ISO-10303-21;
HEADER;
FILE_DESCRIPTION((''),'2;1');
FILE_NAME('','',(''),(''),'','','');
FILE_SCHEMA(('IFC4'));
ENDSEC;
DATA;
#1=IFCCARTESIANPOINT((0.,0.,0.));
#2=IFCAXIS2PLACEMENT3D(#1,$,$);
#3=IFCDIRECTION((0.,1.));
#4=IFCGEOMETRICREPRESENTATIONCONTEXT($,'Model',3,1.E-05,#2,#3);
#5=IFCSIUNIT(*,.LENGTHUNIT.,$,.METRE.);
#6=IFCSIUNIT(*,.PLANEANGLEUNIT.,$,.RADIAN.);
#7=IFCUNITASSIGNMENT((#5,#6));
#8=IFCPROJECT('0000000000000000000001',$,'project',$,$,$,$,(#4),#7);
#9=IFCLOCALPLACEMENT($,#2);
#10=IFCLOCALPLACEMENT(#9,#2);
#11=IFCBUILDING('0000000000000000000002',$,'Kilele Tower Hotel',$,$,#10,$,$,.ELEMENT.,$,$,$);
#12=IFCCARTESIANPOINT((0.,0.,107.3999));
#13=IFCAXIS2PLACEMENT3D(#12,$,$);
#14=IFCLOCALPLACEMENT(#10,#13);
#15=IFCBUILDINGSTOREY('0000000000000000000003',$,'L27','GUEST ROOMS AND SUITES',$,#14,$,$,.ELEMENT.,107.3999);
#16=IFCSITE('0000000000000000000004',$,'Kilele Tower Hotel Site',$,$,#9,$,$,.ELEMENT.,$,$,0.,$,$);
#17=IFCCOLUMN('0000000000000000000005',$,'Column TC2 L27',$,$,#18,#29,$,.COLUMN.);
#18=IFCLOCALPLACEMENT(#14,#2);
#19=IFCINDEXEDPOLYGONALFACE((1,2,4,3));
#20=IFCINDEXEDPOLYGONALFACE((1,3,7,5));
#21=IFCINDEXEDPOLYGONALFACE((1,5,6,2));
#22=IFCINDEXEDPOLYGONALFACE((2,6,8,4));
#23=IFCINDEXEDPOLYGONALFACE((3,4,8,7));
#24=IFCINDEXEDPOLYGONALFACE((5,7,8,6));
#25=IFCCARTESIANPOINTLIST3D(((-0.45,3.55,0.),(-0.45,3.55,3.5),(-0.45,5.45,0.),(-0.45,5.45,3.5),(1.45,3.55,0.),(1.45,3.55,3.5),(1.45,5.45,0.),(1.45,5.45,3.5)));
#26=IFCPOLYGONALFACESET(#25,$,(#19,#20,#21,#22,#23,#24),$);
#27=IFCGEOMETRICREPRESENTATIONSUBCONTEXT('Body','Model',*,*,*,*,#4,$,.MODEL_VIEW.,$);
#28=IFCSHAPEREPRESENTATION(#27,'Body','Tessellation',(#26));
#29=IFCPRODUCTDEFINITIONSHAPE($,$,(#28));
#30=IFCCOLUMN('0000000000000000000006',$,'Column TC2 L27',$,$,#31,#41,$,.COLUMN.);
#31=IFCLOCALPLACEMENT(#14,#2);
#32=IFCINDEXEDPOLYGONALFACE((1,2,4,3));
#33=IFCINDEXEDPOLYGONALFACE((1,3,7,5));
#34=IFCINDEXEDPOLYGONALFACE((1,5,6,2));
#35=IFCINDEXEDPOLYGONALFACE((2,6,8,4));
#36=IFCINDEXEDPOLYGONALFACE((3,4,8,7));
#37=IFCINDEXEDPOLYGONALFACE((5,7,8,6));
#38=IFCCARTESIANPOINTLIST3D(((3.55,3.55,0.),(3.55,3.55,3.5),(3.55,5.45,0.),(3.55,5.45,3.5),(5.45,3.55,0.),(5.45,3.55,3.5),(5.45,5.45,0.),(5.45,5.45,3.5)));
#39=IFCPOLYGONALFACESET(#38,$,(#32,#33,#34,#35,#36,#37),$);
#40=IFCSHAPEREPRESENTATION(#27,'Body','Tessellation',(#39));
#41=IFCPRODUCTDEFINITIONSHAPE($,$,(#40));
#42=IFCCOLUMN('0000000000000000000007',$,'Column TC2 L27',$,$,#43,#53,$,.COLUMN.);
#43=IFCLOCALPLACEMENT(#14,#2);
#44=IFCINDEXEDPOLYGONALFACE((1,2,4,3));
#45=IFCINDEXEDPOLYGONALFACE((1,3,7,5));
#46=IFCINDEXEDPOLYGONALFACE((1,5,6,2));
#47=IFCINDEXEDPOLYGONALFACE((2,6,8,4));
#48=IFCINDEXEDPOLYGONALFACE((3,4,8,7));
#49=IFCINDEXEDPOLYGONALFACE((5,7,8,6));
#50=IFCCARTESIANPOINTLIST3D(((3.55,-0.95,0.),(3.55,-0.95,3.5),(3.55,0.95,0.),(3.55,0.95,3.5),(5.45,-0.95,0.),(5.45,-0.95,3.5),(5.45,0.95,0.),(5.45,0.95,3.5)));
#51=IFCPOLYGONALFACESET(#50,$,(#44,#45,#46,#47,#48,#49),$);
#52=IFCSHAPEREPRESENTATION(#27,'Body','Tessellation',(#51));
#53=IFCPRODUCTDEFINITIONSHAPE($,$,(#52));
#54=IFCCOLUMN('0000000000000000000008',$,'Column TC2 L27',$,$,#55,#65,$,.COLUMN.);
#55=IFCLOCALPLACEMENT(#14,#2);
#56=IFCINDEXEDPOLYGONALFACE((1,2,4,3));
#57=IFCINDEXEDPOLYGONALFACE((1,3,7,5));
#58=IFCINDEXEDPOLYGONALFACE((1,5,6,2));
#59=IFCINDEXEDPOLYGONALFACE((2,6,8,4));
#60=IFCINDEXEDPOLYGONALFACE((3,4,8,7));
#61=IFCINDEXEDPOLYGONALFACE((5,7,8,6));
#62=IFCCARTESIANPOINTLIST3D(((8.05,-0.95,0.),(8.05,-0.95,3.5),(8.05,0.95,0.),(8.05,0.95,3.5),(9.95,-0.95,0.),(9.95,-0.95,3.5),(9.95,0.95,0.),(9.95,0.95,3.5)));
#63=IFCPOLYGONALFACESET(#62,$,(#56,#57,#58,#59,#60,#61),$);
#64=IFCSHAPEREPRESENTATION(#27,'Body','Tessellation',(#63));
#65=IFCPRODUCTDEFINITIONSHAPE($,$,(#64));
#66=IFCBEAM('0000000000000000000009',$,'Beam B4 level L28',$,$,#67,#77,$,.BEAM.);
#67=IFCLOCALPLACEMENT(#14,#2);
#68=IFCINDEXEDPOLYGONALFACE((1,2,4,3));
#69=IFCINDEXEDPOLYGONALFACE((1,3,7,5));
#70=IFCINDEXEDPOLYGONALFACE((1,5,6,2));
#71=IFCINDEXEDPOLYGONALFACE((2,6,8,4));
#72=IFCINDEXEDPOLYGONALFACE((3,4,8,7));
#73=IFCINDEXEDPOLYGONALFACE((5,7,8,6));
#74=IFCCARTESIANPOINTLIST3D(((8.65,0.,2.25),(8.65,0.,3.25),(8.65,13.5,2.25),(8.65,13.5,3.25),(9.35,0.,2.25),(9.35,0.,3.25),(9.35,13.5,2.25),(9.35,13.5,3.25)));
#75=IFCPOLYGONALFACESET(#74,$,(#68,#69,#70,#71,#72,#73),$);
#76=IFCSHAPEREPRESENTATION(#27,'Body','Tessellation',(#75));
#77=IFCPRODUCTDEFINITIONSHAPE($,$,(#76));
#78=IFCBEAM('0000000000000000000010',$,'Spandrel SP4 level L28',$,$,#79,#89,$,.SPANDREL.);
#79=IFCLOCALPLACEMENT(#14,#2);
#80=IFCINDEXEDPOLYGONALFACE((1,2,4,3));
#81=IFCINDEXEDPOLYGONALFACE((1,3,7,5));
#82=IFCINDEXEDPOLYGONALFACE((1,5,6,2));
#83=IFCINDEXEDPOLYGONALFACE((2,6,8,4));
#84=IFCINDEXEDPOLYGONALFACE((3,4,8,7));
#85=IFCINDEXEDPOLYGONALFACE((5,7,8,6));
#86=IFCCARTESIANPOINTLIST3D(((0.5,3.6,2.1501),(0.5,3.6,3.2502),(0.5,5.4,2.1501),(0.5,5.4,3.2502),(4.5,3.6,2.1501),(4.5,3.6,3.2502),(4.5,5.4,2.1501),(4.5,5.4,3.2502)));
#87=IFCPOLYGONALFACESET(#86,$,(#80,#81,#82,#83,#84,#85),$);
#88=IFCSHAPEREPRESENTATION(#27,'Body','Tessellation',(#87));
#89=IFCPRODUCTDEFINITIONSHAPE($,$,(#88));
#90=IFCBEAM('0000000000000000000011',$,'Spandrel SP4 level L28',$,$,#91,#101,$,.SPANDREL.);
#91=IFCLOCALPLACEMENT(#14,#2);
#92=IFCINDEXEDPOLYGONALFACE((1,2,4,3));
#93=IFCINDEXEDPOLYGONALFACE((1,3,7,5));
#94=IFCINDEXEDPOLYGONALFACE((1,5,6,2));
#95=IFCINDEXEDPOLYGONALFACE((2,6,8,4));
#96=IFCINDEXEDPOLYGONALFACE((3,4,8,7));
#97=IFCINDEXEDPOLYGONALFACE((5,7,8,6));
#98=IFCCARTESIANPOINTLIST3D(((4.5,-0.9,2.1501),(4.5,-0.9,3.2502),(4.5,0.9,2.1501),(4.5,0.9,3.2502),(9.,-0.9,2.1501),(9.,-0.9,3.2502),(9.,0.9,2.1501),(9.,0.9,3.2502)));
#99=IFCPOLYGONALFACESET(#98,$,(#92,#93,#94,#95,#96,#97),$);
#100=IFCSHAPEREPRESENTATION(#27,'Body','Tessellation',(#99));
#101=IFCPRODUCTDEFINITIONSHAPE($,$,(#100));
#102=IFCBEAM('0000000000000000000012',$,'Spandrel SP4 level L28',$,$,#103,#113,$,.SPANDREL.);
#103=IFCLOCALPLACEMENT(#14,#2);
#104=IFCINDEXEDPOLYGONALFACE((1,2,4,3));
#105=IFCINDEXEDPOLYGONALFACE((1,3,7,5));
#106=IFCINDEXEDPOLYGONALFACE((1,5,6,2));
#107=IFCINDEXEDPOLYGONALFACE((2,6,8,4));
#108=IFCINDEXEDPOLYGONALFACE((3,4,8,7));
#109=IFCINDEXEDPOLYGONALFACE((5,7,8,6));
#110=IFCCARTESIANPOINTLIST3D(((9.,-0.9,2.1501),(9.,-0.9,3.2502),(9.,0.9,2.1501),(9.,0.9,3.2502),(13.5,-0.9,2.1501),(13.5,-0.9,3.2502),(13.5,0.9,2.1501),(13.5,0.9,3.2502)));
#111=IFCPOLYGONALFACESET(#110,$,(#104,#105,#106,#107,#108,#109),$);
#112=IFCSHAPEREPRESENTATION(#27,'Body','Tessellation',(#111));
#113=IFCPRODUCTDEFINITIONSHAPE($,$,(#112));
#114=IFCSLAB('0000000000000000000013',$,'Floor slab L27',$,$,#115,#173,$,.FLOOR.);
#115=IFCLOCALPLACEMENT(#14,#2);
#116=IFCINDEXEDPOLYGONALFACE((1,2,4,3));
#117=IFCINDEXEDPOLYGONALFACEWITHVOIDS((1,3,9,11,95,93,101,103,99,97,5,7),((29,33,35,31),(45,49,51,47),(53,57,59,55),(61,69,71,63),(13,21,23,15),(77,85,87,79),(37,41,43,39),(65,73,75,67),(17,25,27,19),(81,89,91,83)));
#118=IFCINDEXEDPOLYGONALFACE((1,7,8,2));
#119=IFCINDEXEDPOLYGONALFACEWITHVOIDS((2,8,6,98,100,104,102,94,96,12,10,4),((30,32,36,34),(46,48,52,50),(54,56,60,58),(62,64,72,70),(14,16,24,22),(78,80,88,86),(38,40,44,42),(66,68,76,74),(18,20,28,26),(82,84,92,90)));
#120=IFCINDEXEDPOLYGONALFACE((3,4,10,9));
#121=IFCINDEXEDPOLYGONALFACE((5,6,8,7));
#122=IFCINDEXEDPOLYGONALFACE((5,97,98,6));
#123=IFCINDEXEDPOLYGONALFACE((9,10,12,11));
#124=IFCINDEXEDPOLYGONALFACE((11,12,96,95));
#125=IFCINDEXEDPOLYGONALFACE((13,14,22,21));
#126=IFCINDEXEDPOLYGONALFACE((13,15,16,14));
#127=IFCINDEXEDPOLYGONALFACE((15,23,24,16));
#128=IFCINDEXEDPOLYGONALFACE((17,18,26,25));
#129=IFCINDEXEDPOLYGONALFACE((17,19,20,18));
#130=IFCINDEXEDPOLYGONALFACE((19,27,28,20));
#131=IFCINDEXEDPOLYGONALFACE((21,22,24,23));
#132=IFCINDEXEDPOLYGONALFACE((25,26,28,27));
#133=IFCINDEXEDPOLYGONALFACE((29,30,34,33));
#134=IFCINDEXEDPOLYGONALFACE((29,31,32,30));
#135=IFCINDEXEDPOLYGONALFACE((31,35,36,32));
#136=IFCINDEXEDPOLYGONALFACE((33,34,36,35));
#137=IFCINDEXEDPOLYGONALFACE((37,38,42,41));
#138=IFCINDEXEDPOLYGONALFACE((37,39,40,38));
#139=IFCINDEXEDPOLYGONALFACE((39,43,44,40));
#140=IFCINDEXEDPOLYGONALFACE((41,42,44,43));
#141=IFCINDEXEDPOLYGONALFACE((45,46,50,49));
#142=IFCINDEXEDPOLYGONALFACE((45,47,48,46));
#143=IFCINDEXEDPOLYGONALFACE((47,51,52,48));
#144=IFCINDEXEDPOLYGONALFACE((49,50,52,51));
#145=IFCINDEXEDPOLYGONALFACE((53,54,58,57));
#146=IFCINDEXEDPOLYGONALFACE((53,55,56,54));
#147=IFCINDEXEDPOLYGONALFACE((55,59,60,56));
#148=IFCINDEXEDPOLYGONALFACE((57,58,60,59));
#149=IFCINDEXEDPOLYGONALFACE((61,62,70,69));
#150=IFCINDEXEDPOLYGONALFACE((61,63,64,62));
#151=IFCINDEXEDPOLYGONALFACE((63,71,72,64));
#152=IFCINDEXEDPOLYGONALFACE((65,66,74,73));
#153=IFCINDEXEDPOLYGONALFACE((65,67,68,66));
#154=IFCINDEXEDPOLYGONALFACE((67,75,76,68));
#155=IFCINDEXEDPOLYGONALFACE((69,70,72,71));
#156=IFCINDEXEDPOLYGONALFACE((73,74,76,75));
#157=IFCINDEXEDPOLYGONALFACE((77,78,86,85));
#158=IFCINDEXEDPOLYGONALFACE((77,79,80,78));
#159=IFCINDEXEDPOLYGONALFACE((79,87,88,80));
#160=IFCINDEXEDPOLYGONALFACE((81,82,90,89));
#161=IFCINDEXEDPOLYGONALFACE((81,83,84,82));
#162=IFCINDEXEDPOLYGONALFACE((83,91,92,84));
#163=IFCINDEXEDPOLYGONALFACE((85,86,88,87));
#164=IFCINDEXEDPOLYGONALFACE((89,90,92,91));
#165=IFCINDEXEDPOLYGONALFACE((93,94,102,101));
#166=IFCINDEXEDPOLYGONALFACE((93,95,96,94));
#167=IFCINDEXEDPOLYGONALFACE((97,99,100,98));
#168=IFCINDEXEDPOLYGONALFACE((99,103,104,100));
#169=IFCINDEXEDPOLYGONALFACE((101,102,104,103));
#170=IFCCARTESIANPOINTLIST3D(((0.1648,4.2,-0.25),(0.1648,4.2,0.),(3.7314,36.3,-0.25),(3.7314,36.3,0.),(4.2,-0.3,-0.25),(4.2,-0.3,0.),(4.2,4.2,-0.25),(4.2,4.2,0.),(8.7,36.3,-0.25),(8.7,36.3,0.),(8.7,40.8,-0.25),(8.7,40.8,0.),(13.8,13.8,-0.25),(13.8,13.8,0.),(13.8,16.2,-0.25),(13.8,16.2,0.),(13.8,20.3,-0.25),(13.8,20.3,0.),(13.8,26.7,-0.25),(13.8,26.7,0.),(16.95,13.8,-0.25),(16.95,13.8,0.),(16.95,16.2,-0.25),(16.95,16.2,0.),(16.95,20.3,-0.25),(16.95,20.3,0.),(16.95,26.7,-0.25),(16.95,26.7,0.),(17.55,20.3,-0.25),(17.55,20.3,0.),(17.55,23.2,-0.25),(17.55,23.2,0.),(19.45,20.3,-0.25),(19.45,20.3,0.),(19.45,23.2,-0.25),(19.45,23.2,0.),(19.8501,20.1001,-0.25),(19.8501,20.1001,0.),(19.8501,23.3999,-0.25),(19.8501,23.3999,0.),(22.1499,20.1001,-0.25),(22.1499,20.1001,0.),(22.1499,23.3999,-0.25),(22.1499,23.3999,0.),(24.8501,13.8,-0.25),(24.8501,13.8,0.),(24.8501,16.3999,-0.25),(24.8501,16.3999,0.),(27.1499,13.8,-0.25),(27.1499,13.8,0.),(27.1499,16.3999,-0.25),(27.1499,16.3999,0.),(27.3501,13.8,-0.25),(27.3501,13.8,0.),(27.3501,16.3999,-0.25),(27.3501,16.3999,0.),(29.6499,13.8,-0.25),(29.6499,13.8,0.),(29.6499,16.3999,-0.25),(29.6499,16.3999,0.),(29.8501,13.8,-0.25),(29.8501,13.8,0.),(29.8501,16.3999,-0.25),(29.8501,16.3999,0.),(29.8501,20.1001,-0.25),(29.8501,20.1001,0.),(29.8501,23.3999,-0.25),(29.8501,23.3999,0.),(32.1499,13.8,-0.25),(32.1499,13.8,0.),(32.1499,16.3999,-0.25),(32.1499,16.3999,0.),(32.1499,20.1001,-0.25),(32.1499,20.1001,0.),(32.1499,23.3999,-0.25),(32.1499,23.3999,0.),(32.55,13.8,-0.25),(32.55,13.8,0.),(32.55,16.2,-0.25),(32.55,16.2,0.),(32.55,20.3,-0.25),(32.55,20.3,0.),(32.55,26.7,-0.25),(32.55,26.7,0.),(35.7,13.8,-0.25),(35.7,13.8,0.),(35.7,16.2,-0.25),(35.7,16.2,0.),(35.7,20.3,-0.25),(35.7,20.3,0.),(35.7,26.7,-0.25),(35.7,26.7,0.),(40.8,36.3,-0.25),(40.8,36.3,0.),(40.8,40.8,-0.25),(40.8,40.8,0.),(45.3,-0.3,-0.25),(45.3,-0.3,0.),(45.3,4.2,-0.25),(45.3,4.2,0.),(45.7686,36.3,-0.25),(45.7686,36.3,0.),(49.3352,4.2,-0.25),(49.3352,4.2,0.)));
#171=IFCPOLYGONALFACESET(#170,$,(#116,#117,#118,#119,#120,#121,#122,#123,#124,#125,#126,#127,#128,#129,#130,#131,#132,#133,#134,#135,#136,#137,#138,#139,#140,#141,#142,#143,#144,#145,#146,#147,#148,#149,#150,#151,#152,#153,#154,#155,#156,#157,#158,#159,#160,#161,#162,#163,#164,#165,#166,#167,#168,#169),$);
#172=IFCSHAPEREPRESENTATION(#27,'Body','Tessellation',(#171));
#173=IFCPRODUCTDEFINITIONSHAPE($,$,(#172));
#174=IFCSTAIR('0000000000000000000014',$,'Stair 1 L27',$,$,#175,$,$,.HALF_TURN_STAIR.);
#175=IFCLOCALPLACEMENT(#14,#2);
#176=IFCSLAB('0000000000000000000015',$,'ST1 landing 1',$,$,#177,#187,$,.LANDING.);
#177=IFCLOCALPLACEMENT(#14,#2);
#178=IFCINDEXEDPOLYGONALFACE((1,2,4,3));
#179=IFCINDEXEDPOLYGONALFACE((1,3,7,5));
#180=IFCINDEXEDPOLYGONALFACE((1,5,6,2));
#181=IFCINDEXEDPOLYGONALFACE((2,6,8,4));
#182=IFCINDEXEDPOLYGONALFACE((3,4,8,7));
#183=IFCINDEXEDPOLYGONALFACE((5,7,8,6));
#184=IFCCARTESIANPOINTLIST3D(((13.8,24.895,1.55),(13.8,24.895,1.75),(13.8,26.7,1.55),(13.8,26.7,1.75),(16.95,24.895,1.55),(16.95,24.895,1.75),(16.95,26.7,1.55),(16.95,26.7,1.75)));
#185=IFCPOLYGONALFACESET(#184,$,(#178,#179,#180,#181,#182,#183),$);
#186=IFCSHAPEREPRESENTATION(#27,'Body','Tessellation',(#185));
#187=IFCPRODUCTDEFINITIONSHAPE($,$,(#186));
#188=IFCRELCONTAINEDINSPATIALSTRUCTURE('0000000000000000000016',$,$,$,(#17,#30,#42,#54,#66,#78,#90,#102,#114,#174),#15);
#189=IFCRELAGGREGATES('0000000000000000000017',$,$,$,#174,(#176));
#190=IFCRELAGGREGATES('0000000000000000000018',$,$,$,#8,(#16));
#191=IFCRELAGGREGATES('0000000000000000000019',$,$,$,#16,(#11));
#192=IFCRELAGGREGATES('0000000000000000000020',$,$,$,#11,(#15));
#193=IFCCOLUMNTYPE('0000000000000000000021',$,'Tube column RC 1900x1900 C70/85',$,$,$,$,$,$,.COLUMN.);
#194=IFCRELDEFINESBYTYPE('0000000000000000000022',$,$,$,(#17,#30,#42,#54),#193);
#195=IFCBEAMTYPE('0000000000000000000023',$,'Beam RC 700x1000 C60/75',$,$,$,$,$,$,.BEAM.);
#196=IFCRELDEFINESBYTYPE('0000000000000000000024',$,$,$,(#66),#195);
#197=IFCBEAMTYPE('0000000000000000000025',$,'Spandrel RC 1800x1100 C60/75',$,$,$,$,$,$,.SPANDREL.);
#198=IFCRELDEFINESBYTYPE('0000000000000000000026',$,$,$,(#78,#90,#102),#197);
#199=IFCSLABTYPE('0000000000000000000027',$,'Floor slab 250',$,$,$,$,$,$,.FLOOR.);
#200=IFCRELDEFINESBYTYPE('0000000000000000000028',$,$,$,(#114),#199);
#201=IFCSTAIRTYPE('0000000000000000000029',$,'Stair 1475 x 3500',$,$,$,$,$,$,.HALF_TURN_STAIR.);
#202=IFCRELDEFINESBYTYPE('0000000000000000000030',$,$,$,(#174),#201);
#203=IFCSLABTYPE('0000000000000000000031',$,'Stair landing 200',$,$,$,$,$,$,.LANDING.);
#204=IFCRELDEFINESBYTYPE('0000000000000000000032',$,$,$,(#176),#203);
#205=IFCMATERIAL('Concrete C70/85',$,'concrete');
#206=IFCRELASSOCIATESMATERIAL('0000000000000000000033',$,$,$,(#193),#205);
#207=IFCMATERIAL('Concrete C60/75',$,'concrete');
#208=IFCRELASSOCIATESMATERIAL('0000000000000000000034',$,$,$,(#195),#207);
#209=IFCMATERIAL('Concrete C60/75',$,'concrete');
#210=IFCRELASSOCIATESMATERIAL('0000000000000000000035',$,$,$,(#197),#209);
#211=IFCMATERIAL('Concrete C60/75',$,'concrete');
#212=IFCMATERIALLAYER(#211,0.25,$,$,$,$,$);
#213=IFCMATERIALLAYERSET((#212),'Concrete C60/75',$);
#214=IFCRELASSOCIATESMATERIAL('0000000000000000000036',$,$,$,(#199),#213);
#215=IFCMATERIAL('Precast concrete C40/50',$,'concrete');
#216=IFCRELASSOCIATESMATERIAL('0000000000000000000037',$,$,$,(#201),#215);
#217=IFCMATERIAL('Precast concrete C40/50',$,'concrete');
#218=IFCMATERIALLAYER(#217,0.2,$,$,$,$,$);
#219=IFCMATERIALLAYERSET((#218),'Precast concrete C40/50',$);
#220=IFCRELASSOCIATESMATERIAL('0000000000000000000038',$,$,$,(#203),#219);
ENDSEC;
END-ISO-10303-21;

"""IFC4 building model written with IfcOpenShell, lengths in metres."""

from ifc_helpers import new_model, si_unit, direction, frame, origin, origin_2d, place, context, subcontext, project, spatial, polyline, rectangle, outline, extrude, material, layer, layer_set, material_profile, profile_set, type_object, element, aggregate, save


model = new_model("IFC4")

# Units and contexts
model_context = context("Model", 3, precision=1e-05, world=origin(), true_north=direction((0.0, 1.0)))
body_context = subcontext(model_context, "Body", "Model", "MODEL_VIEW")
ifc_project = project(units=[si_unit("LENGTHUNIT", "METRE"), si_unit("PLANEANGLEUNIT", "RADIAN")], contexts=[model_context])

# Site, building, storey
site_placement = place(None, origin())
site = spatial("IfcSite", under=ifc_project, at=site_placement, Name="Kilele Tower Hotel Site", CompositionType="ELEMENT", RefElevation=0.0)
building_placement = place(site_placement, origin())
building = spatial("IfcBuilding", under=site, at=building_placement, Name="Kilele Tower Hotel", CompositionType="ELEMENT")
storey_placement = place(building_placement, frame((0.0, 0.0, 107.3999)))
storey = spatial("IfcBuildingStorey", under=building, at=storey_placement, Name="L27", Description="GUEST ROOMS AND SUITES", CompositionType="ELEMENT", Elevation=107.3999)

# Columns
ifc_material_1 = material(Name="Concrete C70/85", Category="concrete")
ifc_material_profile_1 = material_profile(ifc_material_1, rectangle(XDim=1.8999, YDim=1.8999, at=origin_2d()))
ifc_profile_set_1 = profile_set([ifc_material_profile_1], Name="Concrete C70/85")
column_type = type_object("IfcColumnType", Name="Tube column RC 1900x1900 C70/85", PredefinedType="COLUMN", material=ifc_profile_set_1)
for number, where, z_axis, x_axis, name in (
    (1, (0.5, 4.5, 0.0), (0.0, 0.0, 1.0), (1.0, 0.0, 0.0), "Column TC2 L27"),
    (2, (4.5, 4.5, 0.0), (0.0, 0.0, 1.0), (1.0, 0.0, 0.0), "Column TC2 L27"),
    (3, (4.5, 0.0, 0.0), (0.0, 0.0, 1.0), (1.0, 0.0, 0.0), "Column TC2 L27"),
    (4, (9.0, 0.0, 0.0), (0.0, 0.0, 1.0), (1.0, 0.0, 0.0), "Column TC2 L27"),
):
    element("IfcColumn", number, at=place(storey_placement, frame(where, z_axis=z_axis, x_axis=x_axis)), inside=storey, type_object=column_type, Name=name, PredefinedType="COLUMN", context=body_context, shape_type="SweptSolid", body=[
        extrude(rectangle(XDim=1.8999, YDim=1.8999, at=origin_2d()), origin(), (0.0, 0.0, 1.0), 3.5),
    ])

# Beams
ifc_material_2 = material(Name="Concrete C60/75", Category="concrete")
ifc_material_profile_2 = material_profile(ifc_material_2, rectangle(XDim=0.7, YDim=1.0, at=origin_2d()))
ifc_profile_set_2 = profile_set([ifc_material_profile_2], Name="Concrete C60/75")
beam_type_1 = type_object("IfcBeamType", Name="Beam RC 700x1000 C60/75", PredefinedType="BEAM", material=ifc_profile_set_2)
beam_1_placement = place(storey_placement, frame((9.0, 0.0, 2.75), z_axis=(0.0, 1.0, 0.0), x_axis=(-1.0, 0.0, 0.0)))
element("IfcBeam", 5, at=beam_1_placement, inside=storey, type_object=beam_type_1, Name="Beam B4 level L28", PredefinedType="BEAM", context=body_context, shape_type="SweptSolid", body=[
    extrude(rectangle(XDim=0.7, YDim=1.0, at=origin_2d()), origin(), (0.0, 0.0, 1.0), 13.5),
])
ifc_material_3 = material(Name="Concrete C60/75", Category="concrete")
ifc_material_profile_3 = material_profile(ifc_material_3, rectangle(XDim=1.8, YDim=1.1001, at=origin_2d()))
ifc_profile_set_3 = profile_set([ifc_material_profile_3], Name="Concrete C60/75")
beam_type_2 = type_object("IfcBeamType", Name="Spandrel RC 1800x1100 C60/75", PredefinedType="SPANDREL", material=ifc_profile_set_3)
beam_2_placement = place(storey_placement, frame((0.5, 4.5, 2.7002), z_axis=(1.0, 0.0, 0.0), x_axis=(0.0, 1.0, 0.0)))
element("IfcBeam", 6, at=beam_2_placement, inside=storey, type_object=beam_type_2, Name="Spandrel SP4 level L28", PredefinedType="SPANDREL", context=body_context, shape_type="SweptSolid", body=[
    extrude(rectangle(XDim=1.8, YDim=1.1001, at=origin_2d()), origin(), (0.0, 0.0, 1.0), 4.0),
])
for number, where, z_axis, x_axis, name in (
    (7, (4.5, 0.0, 2.7002), (1.0, 0.0, 0.0), (0.0, 1.0, 0.0), "Spandrel SP4 level L28"),
    (8, (9.0, 0.0, 2.7002), (1.0, 0.0, 0.0), (0.0, 1.0, 0.0), "Spandrel SP4 level L28"),
):
    element("IfcBeam", number, at=place(storey_placement, frame(where, z_axis=z_axis, x_axis=x_axis)), inside=storey, type_object=beam_type_2, Name=name, PredefinedType="SPANDREL", context=body_context, shape_type="SweptSolid", body=[
        extrude(rectangle(XDim=1.8, YDim=1.1001, at=origin_2d()), origin(), (0.0, 0.0, 1.0), 4.5),
    ])

# Slab
ifc_material_4 = material(Name="Concrete C60/75", Category="concrete")
ifc_layer_1 = layer(ifc_material_4, 0.25)
ifc_layer_set_1 = layer_set([ifc_layer_1], Name="Concrete C60/75")
slab_type_1 = type_object("IfcSlabType", Name="Floor slab 250", PredefinedType="FLOOR", material=ifc_layer_set_1)
slab_1_placement = place(storey_placement, frame((0.0, 0.0, -0.25)))
element("IfcSlab", 9, at=slab_1_placement, inside=storey, type_object=slab_type_1, Name="Floor slab L27", PredefinedType="FLOOR", context=body_context, shape_type="SweptSolid", body=[
    extrude(outline(polyline([(8.7, 36.3), (8.7, 40.8), (40.8, 40.8), (40.8, 36.3), (45.7686, 36.3), (49.3352, 4.2), (45.3, 4.2), (45.3, -0.3), (4.2, -0.3), (4.2, 4.2), (0.1648, 4.2), (3.7314, 36.3), (8.7, 36.3)]), holes=[polyline([(16.95, 16.2), (13.8, 16.2), (13.8, 13.8), (16.95, 13.8), (16.95, 16.2)]), polyline([(35.7, 16.2), (32.55, 16.2), (32.55, 13.8), (35.7, 13.8), (35.7, 16.2)]), polyline([(27.1499, 16.3999), (24.8501, 16.3999), (24.8501, 13.8), (27.1499, 13.8), (27.1499, 16.3999)]), polyline([(29.6499, 13.8), (29.6499, 16.3999), (27.3501, 16.3999), (27.3501, 13.8), (29.6499, 13.8)]), polyline([(32.1499, 13.8), (32.1499, 16.3999), (29.8501, 16.3999), (29.8501, 13.8), (32.1499, 13.8)]), polyline([(19.45, 23.2), (17.55, 23.2), (17.55, 20.3), (19.45, 20.3), (19.45, 23.2)]), polyline([(22.1499, 23.3999), (19.8501, 23.3999), (19.8501, 20.1001), (22.1499, 20.1001), (22.1499, 23.3999)]), polyline([(32.1499, 23.3999), (29.8501, 23.3999), (29.8501, 20.1001), (32.1499, 20.1001), (32.1499, 23.3999)]), polyline([(16.95, 20.3), (16.95, 26.7), (13.8, 26.7), (13.8, 20.3), (16.95, 20.3)]), polyline([(35.7, 20.3), (35.7, 26.7), (32.55, 26.7), (32.55, 20.3), (35.7, 20.3)])]), origin(), (0.0, 0.0, 1.0), 0.25),
])

# Stair, slab
ifc_material_5 = material(Name="Precast concrete C40/50", Category="concrete")
stair_type = type_object("IfcStairType", Name="Stair 1475 x 3500", PredefinedType="HALF_TURN_STAIR", material=ifc_material_5)
stair_1_placement = place(storey_placement, origin())
stair_1 = element("IfcStair", 10, at=stair_1_placement, inside=storey, type_object=stair_type, Name="Stair 1 L27", PredefinedType="HALF_TURN_STAIR")
ifc_material_6 = material(Name="Precast concrete C40/50", Category="concrete")
ifc_layer_2 = layer(ifc_material_6, 0.2)
ifc_layer_set_2 = layer_set([ifc_layer_2], Name="Precast concrete C40/50")
slab_type_2 = type_object("IfcSlabType", Name="Stair landing 200", PredefinedType="LANDING", material=ifc_layer_set_2)
slab_2_placement = place(storey_placement, frame((0.0, 0.0, 1.55)))
slab_2 = element("IfcSlab", 11, at=slab_2_placement, type_object=slab_type_2, Name="ST1 landing 1", PredefinedType="LANDING", context=body_context, shape_type="SweptSolid", body=[
    extrude(outline(polyline([(13.8, 24.895), (16.95, 24.895), (16.95, 26.7), (13.8, 26.7), (13.8, 24.895)])), origin(), (0.0, 0.0, 1.0), 0.2),
])
aggregate(stair_1, [slab_2])

save(model, "model.ifc")
